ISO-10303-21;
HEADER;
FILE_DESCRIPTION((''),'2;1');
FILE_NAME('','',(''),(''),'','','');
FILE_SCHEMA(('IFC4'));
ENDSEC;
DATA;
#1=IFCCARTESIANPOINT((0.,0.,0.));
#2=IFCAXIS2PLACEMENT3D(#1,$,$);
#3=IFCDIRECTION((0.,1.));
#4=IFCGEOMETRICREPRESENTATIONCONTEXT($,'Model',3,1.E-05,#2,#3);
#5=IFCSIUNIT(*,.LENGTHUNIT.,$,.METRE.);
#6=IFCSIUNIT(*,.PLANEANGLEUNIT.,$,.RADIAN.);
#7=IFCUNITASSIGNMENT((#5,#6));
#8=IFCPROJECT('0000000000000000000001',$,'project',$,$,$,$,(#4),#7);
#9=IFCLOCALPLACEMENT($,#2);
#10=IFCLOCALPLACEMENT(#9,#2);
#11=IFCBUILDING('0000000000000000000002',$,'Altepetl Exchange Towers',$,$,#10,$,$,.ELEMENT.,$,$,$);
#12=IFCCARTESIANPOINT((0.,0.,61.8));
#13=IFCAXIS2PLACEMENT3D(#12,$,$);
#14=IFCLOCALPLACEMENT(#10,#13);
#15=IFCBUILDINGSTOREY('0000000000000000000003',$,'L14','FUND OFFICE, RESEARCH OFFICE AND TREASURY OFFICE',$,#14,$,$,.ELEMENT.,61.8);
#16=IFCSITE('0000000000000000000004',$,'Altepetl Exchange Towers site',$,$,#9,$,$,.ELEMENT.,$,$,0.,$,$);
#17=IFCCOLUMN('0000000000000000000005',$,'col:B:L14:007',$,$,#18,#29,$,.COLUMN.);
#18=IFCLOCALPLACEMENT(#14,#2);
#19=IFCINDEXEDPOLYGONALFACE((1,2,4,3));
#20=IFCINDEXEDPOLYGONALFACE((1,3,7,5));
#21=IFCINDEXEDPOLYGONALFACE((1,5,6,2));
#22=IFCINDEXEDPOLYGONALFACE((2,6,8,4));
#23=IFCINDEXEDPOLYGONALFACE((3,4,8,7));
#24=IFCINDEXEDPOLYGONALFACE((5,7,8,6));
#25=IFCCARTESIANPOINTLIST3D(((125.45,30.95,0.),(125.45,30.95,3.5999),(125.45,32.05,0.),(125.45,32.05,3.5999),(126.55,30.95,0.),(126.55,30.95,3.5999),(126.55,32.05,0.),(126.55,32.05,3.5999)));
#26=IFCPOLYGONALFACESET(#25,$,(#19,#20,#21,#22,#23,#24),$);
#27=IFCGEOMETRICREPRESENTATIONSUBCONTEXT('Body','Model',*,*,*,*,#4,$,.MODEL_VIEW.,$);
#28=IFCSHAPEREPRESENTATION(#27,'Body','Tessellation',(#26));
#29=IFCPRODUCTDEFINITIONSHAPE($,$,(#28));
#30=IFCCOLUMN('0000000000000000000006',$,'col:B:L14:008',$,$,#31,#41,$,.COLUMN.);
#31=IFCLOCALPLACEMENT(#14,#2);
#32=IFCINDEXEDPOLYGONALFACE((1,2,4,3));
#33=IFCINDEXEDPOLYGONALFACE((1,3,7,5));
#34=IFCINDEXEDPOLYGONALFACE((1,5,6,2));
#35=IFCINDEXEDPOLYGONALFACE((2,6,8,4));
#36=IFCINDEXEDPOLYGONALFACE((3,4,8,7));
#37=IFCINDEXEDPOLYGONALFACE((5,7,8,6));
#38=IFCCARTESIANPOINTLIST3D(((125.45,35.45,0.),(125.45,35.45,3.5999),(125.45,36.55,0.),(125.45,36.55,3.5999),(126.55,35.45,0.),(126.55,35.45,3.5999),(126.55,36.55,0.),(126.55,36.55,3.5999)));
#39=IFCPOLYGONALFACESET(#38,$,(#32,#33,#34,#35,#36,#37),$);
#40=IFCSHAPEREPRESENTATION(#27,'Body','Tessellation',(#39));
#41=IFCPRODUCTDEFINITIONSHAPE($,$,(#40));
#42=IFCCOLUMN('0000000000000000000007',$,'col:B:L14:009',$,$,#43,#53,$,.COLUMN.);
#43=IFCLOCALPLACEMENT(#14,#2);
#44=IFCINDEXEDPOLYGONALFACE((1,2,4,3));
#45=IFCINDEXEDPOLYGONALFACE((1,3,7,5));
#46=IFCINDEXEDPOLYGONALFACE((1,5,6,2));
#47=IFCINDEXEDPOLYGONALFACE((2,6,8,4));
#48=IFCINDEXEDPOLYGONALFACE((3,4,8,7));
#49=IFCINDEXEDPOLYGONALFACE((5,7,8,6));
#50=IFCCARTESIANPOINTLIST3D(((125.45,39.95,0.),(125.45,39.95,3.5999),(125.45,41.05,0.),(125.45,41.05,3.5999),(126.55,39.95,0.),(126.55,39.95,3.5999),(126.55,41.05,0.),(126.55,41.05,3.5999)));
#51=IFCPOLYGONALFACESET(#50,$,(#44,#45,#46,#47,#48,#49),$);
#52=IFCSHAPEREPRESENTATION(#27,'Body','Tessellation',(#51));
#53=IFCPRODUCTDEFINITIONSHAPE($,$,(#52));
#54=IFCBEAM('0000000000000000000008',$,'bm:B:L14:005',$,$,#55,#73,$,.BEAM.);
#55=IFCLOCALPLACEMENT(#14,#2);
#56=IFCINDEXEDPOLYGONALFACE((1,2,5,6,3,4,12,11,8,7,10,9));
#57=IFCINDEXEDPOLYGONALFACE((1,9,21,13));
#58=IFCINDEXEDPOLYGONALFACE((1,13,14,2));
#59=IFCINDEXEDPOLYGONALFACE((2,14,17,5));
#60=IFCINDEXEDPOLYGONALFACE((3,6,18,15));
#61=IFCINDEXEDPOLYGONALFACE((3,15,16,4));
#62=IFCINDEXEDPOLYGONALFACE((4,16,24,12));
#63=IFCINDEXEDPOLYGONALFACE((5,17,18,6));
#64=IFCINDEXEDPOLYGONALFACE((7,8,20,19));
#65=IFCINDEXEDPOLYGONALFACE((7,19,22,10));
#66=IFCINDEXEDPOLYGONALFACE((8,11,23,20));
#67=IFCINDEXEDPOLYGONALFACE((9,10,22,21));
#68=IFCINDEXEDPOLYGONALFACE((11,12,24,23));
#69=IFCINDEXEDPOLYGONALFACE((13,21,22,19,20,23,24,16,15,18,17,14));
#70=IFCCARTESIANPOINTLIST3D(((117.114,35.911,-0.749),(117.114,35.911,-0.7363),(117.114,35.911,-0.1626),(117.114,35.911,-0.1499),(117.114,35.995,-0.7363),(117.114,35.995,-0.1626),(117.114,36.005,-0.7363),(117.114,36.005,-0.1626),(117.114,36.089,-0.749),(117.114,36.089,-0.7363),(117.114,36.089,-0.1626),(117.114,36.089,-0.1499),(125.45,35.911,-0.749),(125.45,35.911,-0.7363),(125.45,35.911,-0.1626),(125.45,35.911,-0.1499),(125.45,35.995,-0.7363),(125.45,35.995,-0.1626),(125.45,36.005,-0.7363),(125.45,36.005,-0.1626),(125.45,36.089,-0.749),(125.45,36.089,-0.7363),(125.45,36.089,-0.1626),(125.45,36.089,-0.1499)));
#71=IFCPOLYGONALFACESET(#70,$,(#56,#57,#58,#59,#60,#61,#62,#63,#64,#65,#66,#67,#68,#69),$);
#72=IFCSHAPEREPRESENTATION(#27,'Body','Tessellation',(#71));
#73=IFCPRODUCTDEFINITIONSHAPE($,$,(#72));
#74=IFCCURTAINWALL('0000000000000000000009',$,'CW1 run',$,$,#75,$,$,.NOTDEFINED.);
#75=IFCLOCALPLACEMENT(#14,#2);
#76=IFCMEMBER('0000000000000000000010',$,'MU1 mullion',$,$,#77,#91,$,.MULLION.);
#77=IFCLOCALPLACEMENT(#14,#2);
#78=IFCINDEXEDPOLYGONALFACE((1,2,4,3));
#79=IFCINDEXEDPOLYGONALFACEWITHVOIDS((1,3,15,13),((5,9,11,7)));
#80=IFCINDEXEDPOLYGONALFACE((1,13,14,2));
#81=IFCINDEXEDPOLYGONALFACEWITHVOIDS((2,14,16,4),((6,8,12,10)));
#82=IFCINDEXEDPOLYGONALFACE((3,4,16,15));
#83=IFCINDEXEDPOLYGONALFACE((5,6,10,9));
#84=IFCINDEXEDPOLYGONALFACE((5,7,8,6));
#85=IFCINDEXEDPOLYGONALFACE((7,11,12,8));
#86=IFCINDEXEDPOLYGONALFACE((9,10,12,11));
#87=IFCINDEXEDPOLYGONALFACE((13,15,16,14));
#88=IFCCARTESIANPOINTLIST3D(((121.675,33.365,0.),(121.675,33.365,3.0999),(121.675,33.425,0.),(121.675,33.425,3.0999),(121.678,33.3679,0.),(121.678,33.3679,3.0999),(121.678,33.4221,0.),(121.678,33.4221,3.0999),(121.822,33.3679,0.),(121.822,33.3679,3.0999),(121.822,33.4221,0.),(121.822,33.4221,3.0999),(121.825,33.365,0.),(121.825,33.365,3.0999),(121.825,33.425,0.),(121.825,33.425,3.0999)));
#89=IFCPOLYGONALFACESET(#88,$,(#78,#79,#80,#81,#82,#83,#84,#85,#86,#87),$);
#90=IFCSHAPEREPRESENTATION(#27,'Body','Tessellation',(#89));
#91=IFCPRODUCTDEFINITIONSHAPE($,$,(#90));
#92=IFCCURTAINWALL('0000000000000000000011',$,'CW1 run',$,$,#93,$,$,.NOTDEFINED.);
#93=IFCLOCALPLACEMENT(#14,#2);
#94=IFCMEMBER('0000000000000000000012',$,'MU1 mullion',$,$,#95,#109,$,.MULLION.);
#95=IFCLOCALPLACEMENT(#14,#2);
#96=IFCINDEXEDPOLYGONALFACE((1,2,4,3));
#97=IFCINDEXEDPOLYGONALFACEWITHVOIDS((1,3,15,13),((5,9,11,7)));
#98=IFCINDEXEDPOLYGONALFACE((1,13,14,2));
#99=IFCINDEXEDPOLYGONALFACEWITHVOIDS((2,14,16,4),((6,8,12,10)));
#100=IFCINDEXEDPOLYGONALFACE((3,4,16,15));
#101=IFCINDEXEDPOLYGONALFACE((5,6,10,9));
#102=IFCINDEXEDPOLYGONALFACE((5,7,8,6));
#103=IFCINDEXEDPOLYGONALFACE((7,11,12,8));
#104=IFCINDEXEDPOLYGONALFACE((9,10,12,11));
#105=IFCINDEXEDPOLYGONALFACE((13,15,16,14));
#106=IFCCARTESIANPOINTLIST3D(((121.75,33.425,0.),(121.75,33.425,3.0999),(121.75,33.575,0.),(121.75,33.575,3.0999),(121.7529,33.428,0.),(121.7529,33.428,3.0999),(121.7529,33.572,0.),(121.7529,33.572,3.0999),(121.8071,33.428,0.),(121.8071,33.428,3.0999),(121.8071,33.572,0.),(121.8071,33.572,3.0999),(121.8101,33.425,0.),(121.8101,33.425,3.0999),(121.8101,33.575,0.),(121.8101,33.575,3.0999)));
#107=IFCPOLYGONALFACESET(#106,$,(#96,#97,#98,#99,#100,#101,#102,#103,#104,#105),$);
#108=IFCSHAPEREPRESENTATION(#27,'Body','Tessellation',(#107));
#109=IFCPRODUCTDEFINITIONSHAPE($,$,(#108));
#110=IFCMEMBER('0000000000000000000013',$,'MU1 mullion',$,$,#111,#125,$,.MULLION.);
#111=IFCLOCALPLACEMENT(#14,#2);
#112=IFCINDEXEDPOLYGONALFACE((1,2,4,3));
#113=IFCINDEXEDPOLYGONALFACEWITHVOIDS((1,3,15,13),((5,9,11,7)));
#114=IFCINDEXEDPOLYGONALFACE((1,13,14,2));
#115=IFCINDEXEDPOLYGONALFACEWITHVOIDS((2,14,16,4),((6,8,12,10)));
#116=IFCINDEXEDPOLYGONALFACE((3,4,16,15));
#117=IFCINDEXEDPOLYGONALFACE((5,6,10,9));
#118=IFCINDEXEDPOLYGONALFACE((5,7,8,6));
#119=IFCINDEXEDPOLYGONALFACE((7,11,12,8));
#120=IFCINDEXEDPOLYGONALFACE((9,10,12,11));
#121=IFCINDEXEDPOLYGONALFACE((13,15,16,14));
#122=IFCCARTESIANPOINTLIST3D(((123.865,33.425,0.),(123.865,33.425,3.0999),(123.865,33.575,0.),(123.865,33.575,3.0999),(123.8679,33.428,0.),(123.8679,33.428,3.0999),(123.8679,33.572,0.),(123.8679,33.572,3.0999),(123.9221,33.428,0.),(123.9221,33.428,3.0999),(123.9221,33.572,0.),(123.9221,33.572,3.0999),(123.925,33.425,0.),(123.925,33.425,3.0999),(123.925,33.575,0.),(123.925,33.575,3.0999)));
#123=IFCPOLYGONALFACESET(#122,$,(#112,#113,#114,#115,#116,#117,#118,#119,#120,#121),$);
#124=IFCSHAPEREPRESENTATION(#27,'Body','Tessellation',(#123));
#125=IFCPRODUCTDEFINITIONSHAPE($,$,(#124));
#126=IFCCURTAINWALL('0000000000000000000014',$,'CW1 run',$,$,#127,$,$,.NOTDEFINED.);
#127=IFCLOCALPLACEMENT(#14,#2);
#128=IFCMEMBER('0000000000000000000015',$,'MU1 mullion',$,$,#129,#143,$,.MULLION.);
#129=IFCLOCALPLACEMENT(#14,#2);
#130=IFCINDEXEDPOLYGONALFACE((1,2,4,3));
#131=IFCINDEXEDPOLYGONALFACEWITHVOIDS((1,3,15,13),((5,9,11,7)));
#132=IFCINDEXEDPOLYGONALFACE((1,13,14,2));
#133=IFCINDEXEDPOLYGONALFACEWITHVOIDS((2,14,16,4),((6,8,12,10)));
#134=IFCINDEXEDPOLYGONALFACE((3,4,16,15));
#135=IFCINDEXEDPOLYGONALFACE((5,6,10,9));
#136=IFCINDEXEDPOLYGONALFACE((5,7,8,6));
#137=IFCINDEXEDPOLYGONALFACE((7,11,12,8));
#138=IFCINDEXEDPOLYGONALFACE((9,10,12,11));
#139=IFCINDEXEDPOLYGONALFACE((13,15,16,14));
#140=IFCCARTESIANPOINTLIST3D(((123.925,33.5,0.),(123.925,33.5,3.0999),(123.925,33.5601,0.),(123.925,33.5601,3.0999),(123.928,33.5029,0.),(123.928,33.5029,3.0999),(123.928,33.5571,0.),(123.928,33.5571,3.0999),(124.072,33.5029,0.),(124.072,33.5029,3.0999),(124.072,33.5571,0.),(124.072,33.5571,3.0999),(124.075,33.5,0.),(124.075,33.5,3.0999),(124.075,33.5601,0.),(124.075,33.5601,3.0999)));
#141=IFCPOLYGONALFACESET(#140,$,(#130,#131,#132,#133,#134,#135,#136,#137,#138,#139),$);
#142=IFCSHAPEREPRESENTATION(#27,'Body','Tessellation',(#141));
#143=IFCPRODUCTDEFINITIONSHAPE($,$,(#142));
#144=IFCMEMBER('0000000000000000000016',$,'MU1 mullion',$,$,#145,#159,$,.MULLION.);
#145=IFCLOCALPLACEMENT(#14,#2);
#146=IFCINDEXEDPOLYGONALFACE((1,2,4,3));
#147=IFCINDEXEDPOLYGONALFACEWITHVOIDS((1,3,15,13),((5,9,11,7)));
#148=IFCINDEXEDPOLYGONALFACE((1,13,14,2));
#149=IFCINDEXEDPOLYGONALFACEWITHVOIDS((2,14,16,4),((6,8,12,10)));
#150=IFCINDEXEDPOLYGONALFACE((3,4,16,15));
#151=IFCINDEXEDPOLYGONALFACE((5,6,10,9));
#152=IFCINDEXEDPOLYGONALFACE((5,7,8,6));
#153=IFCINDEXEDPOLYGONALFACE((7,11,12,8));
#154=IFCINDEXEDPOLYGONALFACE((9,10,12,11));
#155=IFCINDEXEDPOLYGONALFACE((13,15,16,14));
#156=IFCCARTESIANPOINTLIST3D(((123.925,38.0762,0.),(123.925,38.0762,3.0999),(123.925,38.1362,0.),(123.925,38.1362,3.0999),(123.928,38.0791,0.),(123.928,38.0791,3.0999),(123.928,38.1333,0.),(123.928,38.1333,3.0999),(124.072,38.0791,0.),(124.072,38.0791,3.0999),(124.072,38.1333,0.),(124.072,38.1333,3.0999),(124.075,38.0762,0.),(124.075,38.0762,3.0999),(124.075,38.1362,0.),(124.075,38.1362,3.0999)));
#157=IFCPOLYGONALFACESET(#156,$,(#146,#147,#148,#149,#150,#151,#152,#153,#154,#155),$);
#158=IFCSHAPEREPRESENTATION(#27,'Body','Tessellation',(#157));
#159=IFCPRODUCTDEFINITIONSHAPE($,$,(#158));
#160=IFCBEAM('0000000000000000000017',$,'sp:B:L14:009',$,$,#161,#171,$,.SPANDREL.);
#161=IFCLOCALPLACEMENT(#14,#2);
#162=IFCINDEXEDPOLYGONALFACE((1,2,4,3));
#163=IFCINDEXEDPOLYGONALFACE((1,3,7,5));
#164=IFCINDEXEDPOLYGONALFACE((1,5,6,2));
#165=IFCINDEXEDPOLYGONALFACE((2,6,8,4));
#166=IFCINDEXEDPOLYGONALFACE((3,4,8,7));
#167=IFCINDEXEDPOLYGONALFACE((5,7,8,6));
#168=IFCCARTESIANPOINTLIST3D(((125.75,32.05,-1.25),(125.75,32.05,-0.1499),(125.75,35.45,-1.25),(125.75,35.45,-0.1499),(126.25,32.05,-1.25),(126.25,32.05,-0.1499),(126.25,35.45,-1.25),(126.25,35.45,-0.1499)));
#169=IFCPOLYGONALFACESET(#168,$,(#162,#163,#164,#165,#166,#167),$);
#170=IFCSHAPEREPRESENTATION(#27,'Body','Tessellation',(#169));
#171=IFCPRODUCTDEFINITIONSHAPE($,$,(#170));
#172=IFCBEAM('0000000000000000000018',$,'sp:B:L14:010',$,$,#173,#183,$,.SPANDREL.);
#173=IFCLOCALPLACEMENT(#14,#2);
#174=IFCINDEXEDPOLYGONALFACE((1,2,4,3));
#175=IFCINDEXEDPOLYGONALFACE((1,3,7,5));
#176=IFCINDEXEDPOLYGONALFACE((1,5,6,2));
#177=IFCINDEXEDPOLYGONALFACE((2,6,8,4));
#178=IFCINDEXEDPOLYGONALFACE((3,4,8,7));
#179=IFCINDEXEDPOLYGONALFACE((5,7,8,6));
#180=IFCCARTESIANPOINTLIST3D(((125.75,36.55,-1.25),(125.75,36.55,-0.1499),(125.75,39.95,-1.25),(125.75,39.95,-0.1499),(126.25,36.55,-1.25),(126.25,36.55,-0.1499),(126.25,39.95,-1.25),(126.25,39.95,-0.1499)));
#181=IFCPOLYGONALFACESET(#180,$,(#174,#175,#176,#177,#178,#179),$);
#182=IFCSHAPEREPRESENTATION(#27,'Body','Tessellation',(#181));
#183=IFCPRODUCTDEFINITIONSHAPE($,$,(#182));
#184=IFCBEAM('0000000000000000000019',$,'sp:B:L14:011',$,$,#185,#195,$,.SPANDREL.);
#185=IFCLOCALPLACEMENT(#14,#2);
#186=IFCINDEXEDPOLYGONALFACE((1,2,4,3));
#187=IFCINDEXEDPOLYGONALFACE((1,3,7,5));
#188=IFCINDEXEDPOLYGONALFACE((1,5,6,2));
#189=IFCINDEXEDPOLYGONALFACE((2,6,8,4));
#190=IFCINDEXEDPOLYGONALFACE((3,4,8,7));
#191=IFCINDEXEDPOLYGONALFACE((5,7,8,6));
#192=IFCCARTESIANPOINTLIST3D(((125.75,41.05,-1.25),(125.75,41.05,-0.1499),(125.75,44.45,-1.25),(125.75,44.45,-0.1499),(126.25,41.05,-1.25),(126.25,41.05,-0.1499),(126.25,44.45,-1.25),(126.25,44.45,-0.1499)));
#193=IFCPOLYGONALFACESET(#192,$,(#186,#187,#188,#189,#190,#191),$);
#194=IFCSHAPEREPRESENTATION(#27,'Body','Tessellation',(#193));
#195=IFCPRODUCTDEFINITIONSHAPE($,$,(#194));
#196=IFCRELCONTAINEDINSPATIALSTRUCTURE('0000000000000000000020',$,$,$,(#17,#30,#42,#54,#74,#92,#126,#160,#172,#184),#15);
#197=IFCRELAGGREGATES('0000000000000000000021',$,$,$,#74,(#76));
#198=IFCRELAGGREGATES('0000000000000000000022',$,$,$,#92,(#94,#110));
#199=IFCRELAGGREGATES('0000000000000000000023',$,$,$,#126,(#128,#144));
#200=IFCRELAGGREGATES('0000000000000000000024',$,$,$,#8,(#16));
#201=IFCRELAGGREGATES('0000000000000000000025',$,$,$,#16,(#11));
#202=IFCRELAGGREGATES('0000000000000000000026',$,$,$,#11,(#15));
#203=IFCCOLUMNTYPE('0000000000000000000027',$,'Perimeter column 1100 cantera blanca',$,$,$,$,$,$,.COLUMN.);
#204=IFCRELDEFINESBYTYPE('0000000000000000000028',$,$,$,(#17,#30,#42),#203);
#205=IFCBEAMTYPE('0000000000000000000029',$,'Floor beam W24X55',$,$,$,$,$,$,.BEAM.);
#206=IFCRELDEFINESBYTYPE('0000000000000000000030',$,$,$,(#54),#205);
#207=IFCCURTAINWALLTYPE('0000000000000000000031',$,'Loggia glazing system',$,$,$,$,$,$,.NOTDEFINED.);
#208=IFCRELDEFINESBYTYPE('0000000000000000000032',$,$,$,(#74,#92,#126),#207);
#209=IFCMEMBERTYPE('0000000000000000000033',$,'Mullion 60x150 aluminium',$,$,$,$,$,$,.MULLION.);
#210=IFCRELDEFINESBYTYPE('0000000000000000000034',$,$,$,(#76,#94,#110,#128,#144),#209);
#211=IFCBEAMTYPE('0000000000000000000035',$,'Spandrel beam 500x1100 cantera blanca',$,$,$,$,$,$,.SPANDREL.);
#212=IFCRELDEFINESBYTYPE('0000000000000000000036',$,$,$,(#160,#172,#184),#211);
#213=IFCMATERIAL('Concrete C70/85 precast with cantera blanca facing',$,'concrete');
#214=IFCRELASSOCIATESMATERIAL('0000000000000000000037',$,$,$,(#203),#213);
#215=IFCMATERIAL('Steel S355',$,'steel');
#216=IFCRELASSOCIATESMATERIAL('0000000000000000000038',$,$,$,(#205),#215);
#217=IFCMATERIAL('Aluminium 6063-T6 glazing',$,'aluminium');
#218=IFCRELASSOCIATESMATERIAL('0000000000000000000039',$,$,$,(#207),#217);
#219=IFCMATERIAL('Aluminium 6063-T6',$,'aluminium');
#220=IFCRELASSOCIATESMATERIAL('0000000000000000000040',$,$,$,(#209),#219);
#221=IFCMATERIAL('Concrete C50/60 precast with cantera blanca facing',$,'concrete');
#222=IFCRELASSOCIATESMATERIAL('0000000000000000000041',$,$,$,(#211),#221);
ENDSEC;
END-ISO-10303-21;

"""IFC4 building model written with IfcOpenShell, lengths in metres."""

from ifc_helpers import new_model, si_unit, direction, frame, origin, origin_2d, place, context, subcontext, project, spatial, rectangle, hollow_rectangle, i_section, extrude, material, material_profile, profile_set, type_object, element, aggregate, save


model = new_model("IFC4")

# Units and contexts
model_context = context("Model", 3, precision=1e-05, world=origin(), true_north=direction((0.0, 1.0)))
body_context = subcontext(model_context, "Body", "Model", "MODEL_VIEW")
ifc_project = project(units=[si_unit("LENGTHUNIT", "METRE"), si_unit("PLANEANGLEUNIT", "RADIAN")], contexts=[model_context])

# Site, building, storey
site_placement = place(None, origin())
site = spatial("IfcSite", under=ifc_project, at=site_placement, Name="Altepetl Exchange Towers site", CompositionType="ELEMENT", RefElevation=0.0)
building_placement = place(site_placement, origin())
building = spatial("IfcBuilding", under=site, at=building_placement, Name="Altepetl Exchange Towers", CompositionType="ELEMENT")
storey_placement = place(building_placement, frame((0.0, 0.0, 61.8)))
storey = spatial("IfcBuildingStorey", under=building, at=storey_placement, Name="L14", Description="FUND OFFICE, RESEARCH OFFICE AND TREASURY OFFICE", CompositionType="ELEMENT", Elevation=61.8)

# Columns
ifc_material_1 = material(Name="Concrete C70/85 precast with cantera blanca facing", Category="concrete")
ifc_material_profile_1 = material_profile(ifc_material_1, rectangle(XDim=1.1001, YDim=1.1001, at=origin_2d()), Name="1100 x 1100")
ifc_profile_set_1 = profile_set([ifc_material_profile_1], Name="Concrete C70/85 precast with cantera blanca facing")
column_type = type_object("IfcColumnType", Name="Perimeter column 1100 cantera blanca", PredefinedType="COLUMN", material=ifc_profile_set_1)
for number, where, name in (
    (1, (126.0, 31.5, 0.0), "col:B:L14:007"),
    (2, (126.0, 36.0, 0.0), "col:B:L14:008"),
    (3, (126.0, 40.5, 0.0), "col:B:L14:009"),
):
    element("IfcColumn", number, at=place(storey_placement, frame(where)), inside=storey, type_object=column_type, Name=name, PredefinedType="COLUMN", context=body_context, shape_type="SweptSolid", body=[
        extrude(rectangle(XDim=1.1001, YDim=1.1001, at=origin_2d()), origin(), (0.0, 0.0, 1.0), 3.5999),
    ])

# Beam
ifc_material_2 = material(Name="Steel S355", Category="steel")
ifc_material_profile_2 = material_profile(ifc_material_2, i_section(OverallWidth=0.178, OverallDepth=0.5991, WebThickness=0.01, FlangeThickness=0.0127, at=origin_2d()), Name="W24X55")
ifc_profile_set_2 = profile_set([ifc_material_profile_2], Name="Steel S355")
beam_type_1 = type_object("IfcBeamType", Name="Floor beam W24X55", PredefinedType="BEAM", material=ifc_profile_set_2)
beam_placement = place(storey_placement, frame((117.114, 36.0, -0.4495), z_axis=(1.0, 0.0, 0.0), x_axis=(0.0, 1.0, 0.0)))
element("IfcBeam", 4, at=beam_placement, inside=storey, type_object=beam_type_1, Name="bm:B:L14:005", PredefinedType="BEAM", context=body_context, shape_type="SweptSolid", body=[
    extrude(i_section(OverallWidth=0.178, OverallDepth=0.5991, WebThickness=0.01, FlangeThickness=0.0127, at=origin_2d()), origin(), (0.0, 0.0, 1.0), 8.3359),
])

# Curtain wall, member
ifc_material_3 = material(Name="Aluminium 6063-T6 glazing", Category="aluminium")
curtain_wall_type = type_object("IfcCurtainWallType", Name="Loggia glazing system", PredefinedType="NOTDEFINED", material=ifc_material_3)
curtain_wall_1_placement = place(storey_placement, origin())
curtain_wall_1 = element("IfcCurtainWall", 5, at=curtain_wall_1_placement, inside=storey, type_object=curtain_wall_type, Name="CW1 run", PredefinedType="NOTDEFINED")
ifc_material_4 = material(Name="Aluminium 6063-T6", Category="aluminium")
ifc_material_profile_3 = material_profile(ifc_material_4, hollow_rectangle(XDim=0.0601, YDim=0.1499, WallThickness=0.0029, at=origin_2d()), Name="Mullion 60x150 aluminium")
ifc_profile_set_3 = profile_set([ifc_material_profile_3], Name="Aluminium 6063-T6")
member_type = type_object("IfcMemberType", Name="Mullion 60x150 aluminium", PredefinedType="MULLION", material=ifc_profile_set_3)
member_1_placement = place(storey_placement, frame((121.75, 33.395, 0.0), z_axis=(0.0, 0.0, 1.0), x_axis=(0.0, 1.0, 0.0)))
member_1 = element("IfcMember", 6, at=member_1_placement, type_object=member_type, Name="MU1 mullion", PredefinedType="MULLION", context=body_context, shape_type="SweptSolid", body=[
    extrude(hollow_rectangle(XDim=0.0601, YDim=0.1499, WallThickness=0.0029, at=origin_2d()), origin(), (0.0, 0.0, 1.0), 3.0999),
])

# Curtain walls, members
curtain_wall_2_placement = place(storey_placement, origin())
curtain_wall_2 = element("IfcCurtainWall", 7, at=curtain_wall_2_placement, inside=storey, type_object=curtain_wall_type, Name="CW1 run", PredefinedType="NOTDEFINED")
member_2_placement = place(storey_placement, frame((121.78, 33.5, 0.0)))
member_2 = element("IfcMember", 8, at=member_2_placement, type_object=member_type, Name="MU1 mullion", PredefinedType="MULLION", context=body_context, shape_type="SweptSolid", body=[
    extrude(hollow_rectangle(XDim=0.0601, YDim=0.1499, WallThickness=0.0029, at=origin_2d()), origin(), (0.0, 0.0, 1.0), 3.0999),
])
member_3_placement = place(storey_placement, frame((123.895, 33.5, 0.0)))
member_3 = element("IfcMember", 9, at=member_3_placement, type_object=member_type, Name="MU1 mullion", PredefinedType="MULLION", context=body_context, shape_type="SweptSolid", body=[
    extrude(hollow_rectangle(XDim=0.0601, YDim=0.1499, WallThickness=0.0029, at=origin_2d()), origin(), (0.0, 0.0, 1.0), 3.0999),
])
curtain_wall_3_placement = place(storey_placement, origin())
curtain_wall_3 = element("IfcCurtainWall", 10, at=curtain_wall_3_placement, inside=storey, type_object=curtain_wall_type, Name="CW1 run", PredefinedType="NOTDEFINED")
member_4_placement = place(storey_placement, frame((124.0, 33.53, 0.0), z_axis=(0.0, 0.0, 1.0), x_axis=(0.0, 1.0, 0.0)))
member_4 = element("IfcMember", 11, at=member_4_placement, type_object=member_type, Name="MU1 mullion", PredefinedType="MULLION", context=body_context, shape_type="SweptSolid", body=[
    extrude(hollow_rectangle(XDim=0.0601, YDim=0.1499, WallThickness=0.0029, at=origin_2d()), origin(), (0.0, 0.0, 1.0), 3.0999),
])
member_5_placement = place(storey_placement, frame((124.0, 38.1062, 0.0), z_axis=(0.0, 0.0, 1.0), x_axis=(0.0, 1.0, 0.0)))
member_5 = element("IfcMember", 12, at=member_5_placement, type_object=member_type, Name="MU1 mullion", PredefinedType="MULLION", context=body_context, shape_type="SweptSolid", body=[
    extrude(hollow_rectangle(XDim=0.0601, YDim=0.1499, WallThickness=0.0029, at=origin_2d()), origin(), (0.0, 0.0, 1.0), 3.0999),
])

# Beams
ifc_material_5 = material(Name="Concrete C50/60 precast with cantera blanca facing", Category="concrete")
ifc_material_profile_4 = material_profile(ifc_material_5, rectangle(XDim=0.5, YDim=1.1001, at=origin_2d()), Name="500 x 1100")
ifc_profile_set_4 = profile_set([ifc_material_profile_4], Name="Concrete C50/60 precast with cantera blanca facing")
beam_type_2 = type_object("IfcBeamType", Name="Spandrel beam 500x1100 cantera blanca", PredefinedType="SPANDREL", material=ifc_profile_set_4)
for number, where, z_axis, x_axis, name in (
    (13, (126.0, 32.05, -0.7), (0.0, 1.0, 0.0), (-1.0, 0.0, 0.0), "sp:B:L14:009"),
    (14, (126.0, 36.55, -0.7), (0.0, 1.0, 0.0), (-1.0, 0.0, 0.0), "sp:B:L14:010"),
    (15, (126.0, 41.05, -0.7), (0.0, 1.0, 0.0), (-1.0, 0.0, 0.0), "sp:B:L14:011"),
):
    element("IfcBeam", number, at=place(storey_placement, frame(where, z_axis=z_axis, x_axis=x_axis)), inside=storey, type_object=beam_type_2, Name=name, PredefinedType="SPANDREL", context=body_context, shape_type="SweptSolid", body=[
        extrude(rectangle(XDim=0.5, YDim=1.1001, at=origin_2d()), origin(), (0.0, 0.0, 1.0), 3.3999),
    ])

aggregate(curtain_wall_1, [member_1])
aggregate(curtain_wall_2, [member_2, member_3])
aggregate(curtain_wall_3, [member_4, member_5])

save(model, "model.ifc")
